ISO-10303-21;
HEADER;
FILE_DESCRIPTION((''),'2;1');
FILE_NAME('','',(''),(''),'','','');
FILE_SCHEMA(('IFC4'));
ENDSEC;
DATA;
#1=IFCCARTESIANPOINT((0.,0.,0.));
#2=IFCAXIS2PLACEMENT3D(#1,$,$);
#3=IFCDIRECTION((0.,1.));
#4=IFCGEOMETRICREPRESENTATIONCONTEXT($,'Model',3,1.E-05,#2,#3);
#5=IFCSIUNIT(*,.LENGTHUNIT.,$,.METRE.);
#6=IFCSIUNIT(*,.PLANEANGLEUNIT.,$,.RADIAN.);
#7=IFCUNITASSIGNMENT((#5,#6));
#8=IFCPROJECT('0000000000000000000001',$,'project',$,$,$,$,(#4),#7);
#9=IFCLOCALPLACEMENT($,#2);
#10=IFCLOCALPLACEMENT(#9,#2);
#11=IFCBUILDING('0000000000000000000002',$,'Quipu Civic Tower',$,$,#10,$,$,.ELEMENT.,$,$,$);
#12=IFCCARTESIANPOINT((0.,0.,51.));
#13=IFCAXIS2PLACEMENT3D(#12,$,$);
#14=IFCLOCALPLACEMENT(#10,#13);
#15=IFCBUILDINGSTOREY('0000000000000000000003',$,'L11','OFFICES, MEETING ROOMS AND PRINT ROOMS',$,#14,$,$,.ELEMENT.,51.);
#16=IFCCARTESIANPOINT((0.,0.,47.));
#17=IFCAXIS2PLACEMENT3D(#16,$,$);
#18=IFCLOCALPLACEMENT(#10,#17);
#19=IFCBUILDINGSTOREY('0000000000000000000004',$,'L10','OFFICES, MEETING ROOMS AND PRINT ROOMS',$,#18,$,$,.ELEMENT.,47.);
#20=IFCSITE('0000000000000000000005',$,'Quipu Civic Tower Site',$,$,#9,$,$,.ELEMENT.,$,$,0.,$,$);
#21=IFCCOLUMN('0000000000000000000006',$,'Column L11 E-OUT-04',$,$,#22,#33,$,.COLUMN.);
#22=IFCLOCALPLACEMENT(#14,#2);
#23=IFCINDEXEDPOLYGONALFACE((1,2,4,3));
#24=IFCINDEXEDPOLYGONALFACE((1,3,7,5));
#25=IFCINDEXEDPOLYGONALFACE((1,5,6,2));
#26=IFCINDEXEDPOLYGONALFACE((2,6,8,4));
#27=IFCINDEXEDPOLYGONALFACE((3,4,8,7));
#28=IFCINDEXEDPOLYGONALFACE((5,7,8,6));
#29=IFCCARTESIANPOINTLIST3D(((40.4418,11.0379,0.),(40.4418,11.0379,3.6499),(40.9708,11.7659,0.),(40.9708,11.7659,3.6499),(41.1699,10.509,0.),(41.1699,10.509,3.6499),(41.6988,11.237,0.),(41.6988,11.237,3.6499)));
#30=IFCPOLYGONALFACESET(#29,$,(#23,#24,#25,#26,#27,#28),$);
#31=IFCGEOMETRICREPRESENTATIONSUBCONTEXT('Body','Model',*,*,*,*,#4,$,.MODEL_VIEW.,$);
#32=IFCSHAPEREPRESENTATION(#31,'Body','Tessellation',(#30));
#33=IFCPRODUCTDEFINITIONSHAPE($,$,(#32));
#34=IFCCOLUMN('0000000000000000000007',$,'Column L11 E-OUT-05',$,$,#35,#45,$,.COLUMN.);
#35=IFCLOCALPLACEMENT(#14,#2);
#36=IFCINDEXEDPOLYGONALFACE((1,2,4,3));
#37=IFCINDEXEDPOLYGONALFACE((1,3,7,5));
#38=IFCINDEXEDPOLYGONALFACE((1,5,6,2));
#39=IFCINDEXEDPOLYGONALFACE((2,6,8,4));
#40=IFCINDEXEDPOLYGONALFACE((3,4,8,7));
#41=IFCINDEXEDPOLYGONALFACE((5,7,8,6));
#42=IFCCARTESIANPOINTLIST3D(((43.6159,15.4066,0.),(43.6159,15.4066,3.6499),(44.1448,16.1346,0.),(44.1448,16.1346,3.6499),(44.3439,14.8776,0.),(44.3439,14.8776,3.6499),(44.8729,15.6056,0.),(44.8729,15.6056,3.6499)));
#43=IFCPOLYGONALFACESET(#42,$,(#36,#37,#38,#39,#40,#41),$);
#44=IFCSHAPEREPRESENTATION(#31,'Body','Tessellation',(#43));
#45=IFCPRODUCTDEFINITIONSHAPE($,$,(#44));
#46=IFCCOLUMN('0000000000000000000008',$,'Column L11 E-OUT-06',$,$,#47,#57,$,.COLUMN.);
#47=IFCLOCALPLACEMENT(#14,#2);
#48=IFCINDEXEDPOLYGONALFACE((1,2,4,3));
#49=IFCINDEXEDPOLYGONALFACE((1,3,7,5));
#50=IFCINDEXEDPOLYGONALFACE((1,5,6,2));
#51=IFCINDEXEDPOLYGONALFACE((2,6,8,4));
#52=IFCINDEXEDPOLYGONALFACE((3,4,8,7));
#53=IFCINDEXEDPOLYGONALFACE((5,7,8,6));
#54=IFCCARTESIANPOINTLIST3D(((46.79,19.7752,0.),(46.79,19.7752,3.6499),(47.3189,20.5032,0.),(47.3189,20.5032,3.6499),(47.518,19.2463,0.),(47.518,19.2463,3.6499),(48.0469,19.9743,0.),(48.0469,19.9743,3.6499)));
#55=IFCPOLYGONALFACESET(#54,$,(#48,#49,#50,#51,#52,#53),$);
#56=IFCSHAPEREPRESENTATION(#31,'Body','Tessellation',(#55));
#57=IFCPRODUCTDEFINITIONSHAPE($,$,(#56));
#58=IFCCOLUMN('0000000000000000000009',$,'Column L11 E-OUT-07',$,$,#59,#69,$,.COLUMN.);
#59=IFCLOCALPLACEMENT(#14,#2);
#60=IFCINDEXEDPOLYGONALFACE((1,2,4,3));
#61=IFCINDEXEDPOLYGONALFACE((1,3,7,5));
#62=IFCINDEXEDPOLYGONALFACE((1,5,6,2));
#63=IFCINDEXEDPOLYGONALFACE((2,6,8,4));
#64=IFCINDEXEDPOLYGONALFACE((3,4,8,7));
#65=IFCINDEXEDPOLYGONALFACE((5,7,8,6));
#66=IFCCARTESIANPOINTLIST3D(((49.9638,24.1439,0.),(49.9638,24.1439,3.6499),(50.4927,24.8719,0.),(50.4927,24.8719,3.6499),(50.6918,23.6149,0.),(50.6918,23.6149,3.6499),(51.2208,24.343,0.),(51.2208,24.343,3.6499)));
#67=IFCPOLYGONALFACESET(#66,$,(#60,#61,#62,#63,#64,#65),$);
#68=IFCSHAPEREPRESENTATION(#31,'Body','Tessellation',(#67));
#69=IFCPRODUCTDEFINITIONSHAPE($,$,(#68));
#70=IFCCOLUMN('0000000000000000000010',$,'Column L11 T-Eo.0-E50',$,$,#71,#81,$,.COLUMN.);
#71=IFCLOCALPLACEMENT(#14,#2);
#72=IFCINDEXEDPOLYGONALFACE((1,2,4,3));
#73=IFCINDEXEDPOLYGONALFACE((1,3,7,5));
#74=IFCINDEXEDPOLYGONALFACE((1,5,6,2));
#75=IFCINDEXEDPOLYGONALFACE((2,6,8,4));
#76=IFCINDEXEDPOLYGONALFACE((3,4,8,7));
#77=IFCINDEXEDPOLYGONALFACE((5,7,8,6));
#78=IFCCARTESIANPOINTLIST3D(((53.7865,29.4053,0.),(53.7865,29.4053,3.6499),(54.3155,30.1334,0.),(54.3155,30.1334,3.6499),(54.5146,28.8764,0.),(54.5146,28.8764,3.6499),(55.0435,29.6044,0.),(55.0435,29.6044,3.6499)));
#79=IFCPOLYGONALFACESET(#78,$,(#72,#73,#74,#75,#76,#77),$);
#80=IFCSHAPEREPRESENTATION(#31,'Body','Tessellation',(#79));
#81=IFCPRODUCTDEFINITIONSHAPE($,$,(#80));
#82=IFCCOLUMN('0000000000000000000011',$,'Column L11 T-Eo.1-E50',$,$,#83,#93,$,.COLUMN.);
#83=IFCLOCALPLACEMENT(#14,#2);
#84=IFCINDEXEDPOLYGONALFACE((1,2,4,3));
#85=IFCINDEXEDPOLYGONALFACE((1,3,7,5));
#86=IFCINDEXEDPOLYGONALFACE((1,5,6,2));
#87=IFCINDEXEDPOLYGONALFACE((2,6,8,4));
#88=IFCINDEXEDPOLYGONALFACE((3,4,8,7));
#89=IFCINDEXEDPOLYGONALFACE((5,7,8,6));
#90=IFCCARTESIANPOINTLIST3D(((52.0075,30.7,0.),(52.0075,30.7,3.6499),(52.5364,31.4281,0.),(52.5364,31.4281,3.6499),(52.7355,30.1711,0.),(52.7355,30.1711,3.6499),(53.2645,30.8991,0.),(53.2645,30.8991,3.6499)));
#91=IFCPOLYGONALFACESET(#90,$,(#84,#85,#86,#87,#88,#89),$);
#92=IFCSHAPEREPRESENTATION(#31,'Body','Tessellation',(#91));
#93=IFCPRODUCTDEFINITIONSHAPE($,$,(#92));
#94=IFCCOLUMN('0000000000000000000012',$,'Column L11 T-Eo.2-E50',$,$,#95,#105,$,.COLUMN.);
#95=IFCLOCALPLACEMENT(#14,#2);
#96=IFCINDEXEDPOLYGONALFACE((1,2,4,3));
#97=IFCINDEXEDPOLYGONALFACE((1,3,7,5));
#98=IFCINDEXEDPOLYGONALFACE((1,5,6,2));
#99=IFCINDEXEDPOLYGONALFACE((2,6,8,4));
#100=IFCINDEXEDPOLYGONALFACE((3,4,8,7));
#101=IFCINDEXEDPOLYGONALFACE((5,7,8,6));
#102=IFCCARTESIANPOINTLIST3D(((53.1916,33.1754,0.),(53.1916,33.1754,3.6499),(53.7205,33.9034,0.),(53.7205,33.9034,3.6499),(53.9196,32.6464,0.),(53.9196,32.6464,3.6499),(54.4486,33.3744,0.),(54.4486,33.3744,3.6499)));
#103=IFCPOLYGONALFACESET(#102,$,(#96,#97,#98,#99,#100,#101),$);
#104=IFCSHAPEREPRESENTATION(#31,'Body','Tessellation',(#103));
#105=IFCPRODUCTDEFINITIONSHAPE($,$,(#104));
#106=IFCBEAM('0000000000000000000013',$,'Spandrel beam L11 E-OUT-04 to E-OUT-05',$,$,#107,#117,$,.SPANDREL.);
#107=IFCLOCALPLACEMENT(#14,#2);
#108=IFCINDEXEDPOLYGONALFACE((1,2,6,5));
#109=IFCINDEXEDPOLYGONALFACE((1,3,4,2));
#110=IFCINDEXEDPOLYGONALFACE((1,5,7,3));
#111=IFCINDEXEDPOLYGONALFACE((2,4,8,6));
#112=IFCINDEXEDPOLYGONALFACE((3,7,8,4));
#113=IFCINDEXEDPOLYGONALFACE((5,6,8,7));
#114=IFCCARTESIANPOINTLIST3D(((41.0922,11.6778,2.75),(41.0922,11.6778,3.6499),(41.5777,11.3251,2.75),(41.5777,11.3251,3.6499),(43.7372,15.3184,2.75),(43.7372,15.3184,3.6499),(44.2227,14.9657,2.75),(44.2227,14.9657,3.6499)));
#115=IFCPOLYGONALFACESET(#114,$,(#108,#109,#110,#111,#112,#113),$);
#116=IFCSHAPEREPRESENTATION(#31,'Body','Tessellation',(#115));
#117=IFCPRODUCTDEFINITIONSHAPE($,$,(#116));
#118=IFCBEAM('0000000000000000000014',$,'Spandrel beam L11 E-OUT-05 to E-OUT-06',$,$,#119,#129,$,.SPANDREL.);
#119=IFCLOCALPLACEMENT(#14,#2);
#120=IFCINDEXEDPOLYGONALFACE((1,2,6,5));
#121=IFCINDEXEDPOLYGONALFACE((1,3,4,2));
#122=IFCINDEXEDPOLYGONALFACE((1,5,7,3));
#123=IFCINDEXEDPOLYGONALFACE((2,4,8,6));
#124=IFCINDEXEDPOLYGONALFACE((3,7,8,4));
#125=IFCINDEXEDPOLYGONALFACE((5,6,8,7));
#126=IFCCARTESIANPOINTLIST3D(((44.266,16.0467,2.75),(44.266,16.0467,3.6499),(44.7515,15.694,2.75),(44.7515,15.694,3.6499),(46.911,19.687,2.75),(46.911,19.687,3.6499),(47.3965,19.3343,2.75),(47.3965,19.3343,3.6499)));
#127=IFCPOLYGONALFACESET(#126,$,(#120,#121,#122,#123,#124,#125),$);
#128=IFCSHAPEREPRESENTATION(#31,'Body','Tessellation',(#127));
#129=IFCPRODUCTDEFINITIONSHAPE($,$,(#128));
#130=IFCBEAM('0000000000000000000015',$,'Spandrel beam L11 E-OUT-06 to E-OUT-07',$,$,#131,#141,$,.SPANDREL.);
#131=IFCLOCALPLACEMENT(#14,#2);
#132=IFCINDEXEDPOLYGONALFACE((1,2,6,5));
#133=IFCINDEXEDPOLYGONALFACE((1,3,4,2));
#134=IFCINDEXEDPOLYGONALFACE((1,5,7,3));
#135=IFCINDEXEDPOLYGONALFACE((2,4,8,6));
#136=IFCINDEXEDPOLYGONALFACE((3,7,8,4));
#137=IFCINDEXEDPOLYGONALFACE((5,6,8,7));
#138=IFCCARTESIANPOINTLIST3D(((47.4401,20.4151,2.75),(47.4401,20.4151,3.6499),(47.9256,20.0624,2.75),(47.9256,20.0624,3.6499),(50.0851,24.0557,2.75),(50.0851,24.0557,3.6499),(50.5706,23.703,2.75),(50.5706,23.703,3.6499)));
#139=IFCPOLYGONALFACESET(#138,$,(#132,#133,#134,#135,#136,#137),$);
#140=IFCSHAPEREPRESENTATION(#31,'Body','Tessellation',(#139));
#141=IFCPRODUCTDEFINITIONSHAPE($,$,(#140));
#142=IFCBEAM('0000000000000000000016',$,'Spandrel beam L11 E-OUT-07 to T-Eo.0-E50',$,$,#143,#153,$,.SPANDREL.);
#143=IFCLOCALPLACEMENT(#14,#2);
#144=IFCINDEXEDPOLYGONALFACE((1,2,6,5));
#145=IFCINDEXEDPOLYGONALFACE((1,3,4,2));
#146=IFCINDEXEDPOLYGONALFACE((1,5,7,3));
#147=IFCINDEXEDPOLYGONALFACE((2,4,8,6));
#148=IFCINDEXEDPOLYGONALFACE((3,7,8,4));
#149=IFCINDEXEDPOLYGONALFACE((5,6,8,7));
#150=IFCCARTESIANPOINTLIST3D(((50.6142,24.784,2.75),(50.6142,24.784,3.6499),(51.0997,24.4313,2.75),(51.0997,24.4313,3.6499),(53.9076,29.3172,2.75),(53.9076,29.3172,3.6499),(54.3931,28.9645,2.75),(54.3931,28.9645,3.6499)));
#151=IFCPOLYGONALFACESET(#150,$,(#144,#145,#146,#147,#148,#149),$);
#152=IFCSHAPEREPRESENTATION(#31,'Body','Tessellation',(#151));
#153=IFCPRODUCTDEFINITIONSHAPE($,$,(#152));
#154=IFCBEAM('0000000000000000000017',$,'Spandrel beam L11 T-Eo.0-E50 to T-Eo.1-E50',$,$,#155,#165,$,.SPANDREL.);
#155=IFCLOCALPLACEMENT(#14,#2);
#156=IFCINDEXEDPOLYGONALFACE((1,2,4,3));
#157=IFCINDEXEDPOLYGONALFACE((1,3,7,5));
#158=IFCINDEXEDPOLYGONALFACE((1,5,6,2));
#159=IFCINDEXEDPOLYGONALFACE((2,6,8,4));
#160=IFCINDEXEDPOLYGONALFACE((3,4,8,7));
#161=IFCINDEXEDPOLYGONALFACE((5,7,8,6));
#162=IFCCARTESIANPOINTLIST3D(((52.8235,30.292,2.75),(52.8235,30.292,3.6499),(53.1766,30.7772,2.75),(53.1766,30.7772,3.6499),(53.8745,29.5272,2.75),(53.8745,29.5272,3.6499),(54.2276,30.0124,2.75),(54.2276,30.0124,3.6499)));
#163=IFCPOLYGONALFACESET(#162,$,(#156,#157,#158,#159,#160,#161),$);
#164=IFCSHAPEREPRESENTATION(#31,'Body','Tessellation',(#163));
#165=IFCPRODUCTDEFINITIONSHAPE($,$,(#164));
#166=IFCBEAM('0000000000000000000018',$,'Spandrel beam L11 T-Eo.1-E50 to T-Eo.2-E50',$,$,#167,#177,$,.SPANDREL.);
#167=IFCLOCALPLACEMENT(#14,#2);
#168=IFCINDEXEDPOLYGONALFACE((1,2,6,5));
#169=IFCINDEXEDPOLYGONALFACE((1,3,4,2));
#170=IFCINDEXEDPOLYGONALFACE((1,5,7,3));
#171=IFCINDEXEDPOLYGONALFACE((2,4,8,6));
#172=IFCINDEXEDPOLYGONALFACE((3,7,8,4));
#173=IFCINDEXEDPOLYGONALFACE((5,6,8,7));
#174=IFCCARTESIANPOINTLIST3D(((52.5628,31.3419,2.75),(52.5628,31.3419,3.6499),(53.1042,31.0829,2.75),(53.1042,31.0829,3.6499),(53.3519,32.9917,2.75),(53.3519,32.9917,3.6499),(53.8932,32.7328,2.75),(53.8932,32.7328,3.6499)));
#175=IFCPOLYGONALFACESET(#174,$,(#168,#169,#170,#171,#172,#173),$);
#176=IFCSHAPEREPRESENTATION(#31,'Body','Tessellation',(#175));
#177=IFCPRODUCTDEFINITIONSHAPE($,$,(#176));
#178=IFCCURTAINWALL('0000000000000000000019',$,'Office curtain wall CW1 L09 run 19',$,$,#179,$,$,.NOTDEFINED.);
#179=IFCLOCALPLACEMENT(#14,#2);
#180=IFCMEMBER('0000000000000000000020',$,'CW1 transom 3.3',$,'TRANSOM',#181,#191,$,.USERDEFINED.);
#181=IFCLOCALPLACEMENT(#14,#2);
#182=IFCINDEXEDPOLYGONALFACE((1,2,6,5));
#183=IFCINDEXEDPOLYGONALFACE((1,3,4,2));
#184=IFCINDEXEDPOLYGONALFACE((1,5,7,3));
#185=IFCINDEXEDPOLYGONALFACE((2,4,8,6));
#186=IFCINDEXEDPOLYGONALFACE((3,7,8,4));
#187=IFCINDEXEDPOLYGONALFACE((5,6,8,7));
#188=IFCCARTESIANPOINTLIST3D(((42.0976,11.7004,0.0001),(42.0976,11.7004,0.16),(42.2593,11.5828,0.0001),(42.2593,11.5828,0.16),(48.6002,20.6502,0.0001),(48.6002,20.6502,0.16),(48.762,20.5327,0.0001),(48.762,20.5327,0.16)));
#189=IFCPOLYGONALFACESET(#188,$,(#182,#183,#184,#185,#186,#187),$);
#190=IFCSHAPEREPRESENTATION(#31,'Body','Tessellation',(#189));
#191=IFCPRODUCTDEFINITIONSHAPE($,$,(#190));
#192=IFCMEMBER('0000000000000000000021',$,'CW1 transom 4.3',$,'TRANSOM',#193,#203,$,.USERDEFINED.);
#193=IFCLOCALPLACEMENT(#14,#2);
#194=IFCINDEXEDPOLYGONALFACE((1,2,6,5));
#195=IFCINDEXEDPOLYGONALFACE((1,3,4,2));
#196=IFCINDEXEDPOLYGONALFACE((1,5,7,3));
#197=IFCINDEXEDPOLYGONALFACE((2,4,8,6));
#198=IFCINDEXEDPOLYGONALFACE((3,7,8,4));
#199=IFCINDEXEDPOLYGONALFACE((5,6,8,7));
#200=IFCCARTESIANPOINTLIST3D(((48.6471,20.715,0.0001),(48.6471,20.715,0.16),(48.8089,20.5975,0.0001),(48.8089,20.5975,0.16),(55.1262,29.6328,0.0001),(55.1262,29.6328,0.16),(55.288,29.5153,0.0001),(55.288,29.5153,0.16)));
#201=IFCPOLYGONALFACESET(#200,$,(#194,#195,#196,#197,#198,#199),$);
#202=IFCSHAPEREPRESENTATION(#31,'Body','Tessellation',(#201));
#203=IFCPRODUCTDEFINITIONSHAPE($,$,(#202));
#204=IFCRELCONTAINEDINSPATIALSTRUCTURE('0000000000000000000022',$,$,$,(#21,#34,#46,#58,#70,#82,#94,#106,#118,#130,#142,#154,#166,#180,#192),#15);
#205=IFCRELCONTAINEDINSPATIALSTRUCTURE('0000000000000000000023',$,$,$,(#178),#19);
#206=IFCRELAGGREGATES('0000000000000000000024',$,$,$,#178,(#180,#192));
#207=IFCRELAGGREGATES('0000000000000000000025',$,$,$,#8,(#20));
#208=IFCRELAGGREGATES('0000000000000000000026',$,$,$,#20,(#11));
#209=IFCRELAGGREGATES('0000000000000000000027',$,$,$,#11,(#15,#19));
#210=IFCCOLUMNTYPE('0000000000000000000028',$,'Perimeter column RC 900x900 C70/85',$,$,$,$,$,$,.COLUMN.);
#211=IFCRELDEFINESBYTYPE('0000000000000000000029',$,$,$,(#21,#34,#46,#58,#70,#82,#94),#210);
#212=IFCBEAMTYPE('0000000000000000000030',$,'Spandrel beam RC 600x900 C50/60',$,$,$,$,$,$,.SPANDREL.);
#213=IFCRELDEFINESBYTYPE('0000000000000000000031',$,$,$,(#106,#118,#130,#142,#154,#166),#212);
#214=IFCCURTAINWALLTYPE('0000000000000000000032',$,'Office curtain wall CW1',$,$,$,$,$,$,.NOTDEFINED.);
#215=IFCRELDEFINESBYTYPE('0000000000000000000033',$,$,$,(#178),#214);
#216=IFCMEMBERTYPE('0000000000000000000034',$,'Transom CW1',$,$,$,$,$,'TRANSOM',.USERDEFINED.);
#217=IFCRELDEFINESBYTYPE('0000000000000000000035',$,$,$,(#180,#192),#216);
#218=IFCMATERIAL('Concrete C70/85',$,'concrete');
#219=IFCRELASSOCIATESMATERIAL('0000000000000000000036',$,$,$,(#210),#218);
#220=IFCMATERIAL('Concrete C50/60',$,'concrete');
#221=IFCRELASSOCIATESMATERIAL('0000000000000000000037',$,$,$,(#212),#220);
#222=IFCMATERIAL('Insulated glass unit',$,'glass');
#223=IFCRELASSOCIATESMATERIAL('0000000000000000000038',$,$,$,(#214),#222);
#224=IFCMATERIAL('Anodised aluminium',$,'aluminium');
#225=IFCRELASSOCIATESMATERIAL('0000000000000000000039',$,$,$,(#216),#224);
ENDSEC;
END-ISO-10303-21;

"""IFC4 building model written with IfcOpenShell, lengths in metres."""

from ifc_helpers import new_model, si_unit, direction, frame, origin, origin_2d, place, context, subcontext, project, spatial, rectangle, extrude, material, material_profile, profile_set, type_object, element, aggregate, save


model = new_model("IFC4")

# Units and contexts
model_context = context("Model", 3, precision=1e-05, world=origin(), true_north=direction((0.0, 1.0)))
body_context = subcontext(model_context, "Body", "Model", "MODEL_VIEW")
ifc_project = project(units=[si_unit("LENGTHUNIT", "METRE"), si_unit("PLANEANGLEUNIT", "RADIAN")], contexts=[model_context])

# Site, building, storey
site_placement = place(None, origin())
site = spatial("IfcSite", under=ifc_project, at=site_placement, Name="Quipu Civic Tower Site", CompositionType="ELEMENT", RefElevation=0.0)
building_placement = place(site_placement, origin())
building = spatial("IfcBuilding", under=site, at=building_placement, Name="Quipu Civic Tower", CompositionType="ELEMENT")
storey_1_placement = place(building_placement, frame((0.0, 0.0, 51.0)))
storey_1 = spatial("IfcBuildingStorey", under=building, at=storey_1_placement, Name="L11", Description="OFFICES, MEETING ROOMS AND PRINT ROOMS", CompositionType="ELEMENT", Elevation=51.0)

# Columns
ifc_material_1 = material(Name="Concrete C70/85", Category="concrete")
ifc_material_profile_1 = material_profile(ifc_material_1, rectangle(XDim=0.8999, YDim=0.8999, at=origin_2d()), Name="RC900x900")
ifc_profile_set_1 = profile_set([ifc_material_profile_1], Name="Concrete C70/85")
column_type = type_object("IfcColumnType", Name="Perimeter column RC 900x900 C70/85", PredefinedType="COLUMN", material=ifc_profile_set_1)
for number, where, z_axis, x_axis, name in (
    (1, (41.0703, 11.1375, 0.0), (0.0, 0.0, 1.0), (0.587785, 0.809017, 0.0), "Column L11 E-OUT-04"),
    (2, (44.2444, 15.5061, 0.0), (0.0, 0.0, 1.0), (0.587785, 0.809017, 0.0), "Column L11 E-OUT-05"),
    (3, (47.4185, 19.8748, 0.0), (0.0, 0.0, 1.0), (0.587785, 0.809017, 0.0), "Column L11 E-OUT-06"),
    (4, (50.5923, 24.2434, 0.0), (0.0, 0.0, 1.0), (0.587785, 0.809017, 0.0), "Column L11 E-OUT-07"),
    (5, (54.415, 29.5049, 0.0), (0.0, 0.0, 1.0), (0.587785, 0.809017, 0.0), "Column L11 T-Eo.0-E50"),
    (6, (52.636, 30.7996, 0.0), (0.0, 0.0, 1.0), (-0.809017, 0.587785, 0.0), "Column L11 T-Eo.1-E50"),
    (7, (53.8201, 33.2749, 0.0), (0.0, 0.0, 1.0), (-0.809017, 0.587785, 0.0), "Column L11 T-Eo.2-E50"),
):
    element("IfcColumn", number, at=place(storey_1_placement, frame(where, z_axis=z_axis, x_axis=x_axis)), inside=storey_1, type_object=column_type, Name=name, PredefinedType="COLUMN", context=body_context, shape_type="SweptSolid", body=[
        extrude(rectangle(XDim=0.8999, YDim=0.8999, at=origin_2d()), origin(), (0.0, 0.0, 1.0), 3.6499),
    ])

# Beams
ifc_material_2 = material(Name="Concrete C50/60", Category="concrete")
ifc_material_profile_2 = material_profile(ifc_material_2, rectangle(XDim=0.6001, YDim=0.8999, at=origin_2d()), Name="RC600x900")
ifc_profile_set_2 = profile_set([ifc_material_profile_2], Name="Concrete C50/60")
beam_type = type_object("IfcBeamType", Name="Spandrel beam RC 600x900 C50/60", PredefinedType="SPANDREL", material=ifc_profile_set_2)
beam_1_placement = place(storey_1_placement, frame((41.335, 11.5015, 3.2), z_axis=(0.587778, 0.809022, 0.0), x_axis=(-0.809022, 0.587778, 0.0)))
element("IfcBeam", 8, at=beam_1_placement, inside=storey_1, type_object=beam_type, Name="Spandrel beam L11 E-OUT-04 to E-OUT-05", PredefinedType="SPANDREL", context=body_context, shape_type="SweptSolid", body=[
    extrude(rectangle(XDim=0.6001, YDim=0.8999, at=origin_2d()), origin(), (0.0, 0.0, 1.0), 4.5),
])
beam_2_placement = place(storey_1_placement, frame((44.5088, 15.8704, 3.2), z_axis=(0.587804, 0.809003, 0.0), x_axis=(-0.809003, 0.587804, 0.0)))
element("IfcBeam", 9, at=beam_2_placement, inside=storey_1, type_object=beam_type, Name="Spandrel beam L11 E-OUT-05 to E-OUT-06", PredefinedType="SPANDREL", context=body_context, shape_type="SweptSolid", body=[
    extrude(rectangle(XDim=0.6001, YDim=0.8999, at=origin_2d()), origin(), (0.0, 0.0, 1.0), 4.4998),
])
beam_3_placement = place(storey_1_placement, frame((47.6829, 20.2388, 3.2), z_axis=(0.587778, 0.809022, 0.0), x_axis=(-0.809022, 0.587778, 0.0)))
element("IfcBeam", 10, at=beam_3_placement, inside=storey_1, type_object=beam_type, Name="Spandrel beam L11 E-OUT-06 to E-OUT-07", PredefinedType="SPANDREL", context=body_context, shape_type="SweptSolid", body=[
    extrude(rectangle(XDim=0.6001, YDim=0.8999, at=origin_2d()), origin(), (0.0, 0.0, 1.0), 4.5),
])
beam_4_placement = place(storey_1_placement, frame((50.8569, 24.6077, 3.2), z_axis=(0.587773, 0.809026, 0.0), x_axis=(-0.809026, 0.587773, 0.0)))
element("IfcBeam", 11, at=beam_4_placement, inside=storey_1, type_object=beam_type, Name="Spandrel beam L11 E-OUT-07 to T-Eo.0-E50", PredefinedType="SPANDREL", context=body_context, shape_type="SweptSolid", body=[
    extrude(rectangle(XDim=0.6001, YDim=0.8999, at=origin_2d()), origin(), (0.0, 0.0, 1.0), 5.6033),
])
beam_5_placement = place(storey_1_placement, frame((54.051, 29.7698, 3.2), z_axis=(-0.808549, 0.588429, 0.0), x_axis=(-0.588429, -0.808549, 0.0)))
element("IfcBeam", 12, at=beam_5_placement, inside=storey_1, type_object=beam_type, Name="Spandrel beam L11 T-Eo.0-E50 to T-Eo.1-E50", PredefinedType="SPANDREL", context=body_context, shape_type="SweptSolid", body=[
    extrude(rectangle(XDim=0.6001, YDim=0.8999, at=origin_2d()), origin(), (0.0, 0.0, 1.0), 1.2998),
])
beam_6_placement = place(storey_1_placement, frame((52.8335, 31.2124, 3.2), z_axis=(0.431446, 0.902139, 0.0), x_axis=(-0.902139, 0.431446, 0.0)))
element("IfcBeam", 13, at=beam_6_placement, inside=storey_1, type_object=beam_type, Name="Spandrel beam L11 T-Eo.1-E50 to T-Eo.2-E50", PredefinedType="SPANDREL", context=body_context, shape_type="SweptSolid", body=[
    extrude(rectangle(XDim=0.6001, YDim=0.8999, at=origin_2d()), origin(), (0.0, 0.0, 1.0), 1.8289),
])

# Shared definitions
storey_2_placement = place(building_placement, frame((0.0, 0.0, 47.0)))
storey_2 = spatial("IfcBuildingStorey", under=building, at=storey_2_placement, Name="L10", Description="OFFICES, MEETING ROOMS AND PRINT ROOMS", CompositionType="ELEMENT", Elevation=47.0)

# Curtain wall, members
ifc_material_3 = material(Name="Insulated glass unit", Category="glass")
curtain_wall_type = type_object("IfcCurtainWallType", Name="Office curtain wall CW1", PredefinedType="NOTDEFINED", material=ifc_material_3)
curtain_wall_placement = place(storey_2_placement, origin())
curtain_wall = element("IfcCurtainWall", 14, at=curtain_wall_placement, inside=storey_2, type_object=curtain_wall_type, Name="Office curtain wall CW1 L09 run 19", PredefinedType="NOTDEFINED")
ifc_material_4 = material(Name="Anodised aluminium", Category="aluminium")
ifc_material_profile_3 = material_profile(ifc_material_4, rectangle(XDim=0.2, YDim=0.1599, at=origin_2d()), Name="RECT 200x160")
ifc_profile_set_3 = profile_set([ifc_material_profile_3], Name="Anodised aluminium")
member_type = type_object("IfcMemberType", Name="Transom CW1", ElementType="TRANSOM", PredefinedType="USERDEFINED", material=ifc_profile_set_3)
member_1_placement = place(storey_1_placement, frame((42.1785, 11.6416, 0.0801), z_axis=(0.587795, 0.80901, 0.0), x_axis=(-0.80901, 0.587795, 0.0)))
member_1 = element("IfcMember", 15, at=member_1_placement, inside=storey_1, type_object=member_type, Name="CW1 transom 3.3", ObjectType="TRANSOM", PredefinedType="USERDEFINED", context=body_context, shape_type="SweptSolid", body=[
    extrude(rectangle(XDim=0.2, YDim=0.1599, at=origin_2d()), origin(), (0.0, 0.0, 1.0), 11.0627),
])
member_2_placement = place(storey_1_placement, frame((48.728, 20.6562, 0.0801), z_axis=(0.587779, 0.809021, 0.0), x_axis=(-0.809021, 0.587779, 0.0)))
member_2 = element("IfcMember", 16, at=member_2_placement, inside=storey_1, type_object=member_type, Name="CW1 transom 4.3", ObjectType="TRANSOM", PredefinedType="USERDEFINED", context=body_context, shape_type="SweptSolid", body=[
    extrude(rectangle(XDim=0.2, YDim=0.1599, at=origin_2d()), origin(), (0.0, 0.0, 1.0), 11.0229),
])
aggregate(curtain_wall, [member_1, member_2])

save(model, "model.ifc")
